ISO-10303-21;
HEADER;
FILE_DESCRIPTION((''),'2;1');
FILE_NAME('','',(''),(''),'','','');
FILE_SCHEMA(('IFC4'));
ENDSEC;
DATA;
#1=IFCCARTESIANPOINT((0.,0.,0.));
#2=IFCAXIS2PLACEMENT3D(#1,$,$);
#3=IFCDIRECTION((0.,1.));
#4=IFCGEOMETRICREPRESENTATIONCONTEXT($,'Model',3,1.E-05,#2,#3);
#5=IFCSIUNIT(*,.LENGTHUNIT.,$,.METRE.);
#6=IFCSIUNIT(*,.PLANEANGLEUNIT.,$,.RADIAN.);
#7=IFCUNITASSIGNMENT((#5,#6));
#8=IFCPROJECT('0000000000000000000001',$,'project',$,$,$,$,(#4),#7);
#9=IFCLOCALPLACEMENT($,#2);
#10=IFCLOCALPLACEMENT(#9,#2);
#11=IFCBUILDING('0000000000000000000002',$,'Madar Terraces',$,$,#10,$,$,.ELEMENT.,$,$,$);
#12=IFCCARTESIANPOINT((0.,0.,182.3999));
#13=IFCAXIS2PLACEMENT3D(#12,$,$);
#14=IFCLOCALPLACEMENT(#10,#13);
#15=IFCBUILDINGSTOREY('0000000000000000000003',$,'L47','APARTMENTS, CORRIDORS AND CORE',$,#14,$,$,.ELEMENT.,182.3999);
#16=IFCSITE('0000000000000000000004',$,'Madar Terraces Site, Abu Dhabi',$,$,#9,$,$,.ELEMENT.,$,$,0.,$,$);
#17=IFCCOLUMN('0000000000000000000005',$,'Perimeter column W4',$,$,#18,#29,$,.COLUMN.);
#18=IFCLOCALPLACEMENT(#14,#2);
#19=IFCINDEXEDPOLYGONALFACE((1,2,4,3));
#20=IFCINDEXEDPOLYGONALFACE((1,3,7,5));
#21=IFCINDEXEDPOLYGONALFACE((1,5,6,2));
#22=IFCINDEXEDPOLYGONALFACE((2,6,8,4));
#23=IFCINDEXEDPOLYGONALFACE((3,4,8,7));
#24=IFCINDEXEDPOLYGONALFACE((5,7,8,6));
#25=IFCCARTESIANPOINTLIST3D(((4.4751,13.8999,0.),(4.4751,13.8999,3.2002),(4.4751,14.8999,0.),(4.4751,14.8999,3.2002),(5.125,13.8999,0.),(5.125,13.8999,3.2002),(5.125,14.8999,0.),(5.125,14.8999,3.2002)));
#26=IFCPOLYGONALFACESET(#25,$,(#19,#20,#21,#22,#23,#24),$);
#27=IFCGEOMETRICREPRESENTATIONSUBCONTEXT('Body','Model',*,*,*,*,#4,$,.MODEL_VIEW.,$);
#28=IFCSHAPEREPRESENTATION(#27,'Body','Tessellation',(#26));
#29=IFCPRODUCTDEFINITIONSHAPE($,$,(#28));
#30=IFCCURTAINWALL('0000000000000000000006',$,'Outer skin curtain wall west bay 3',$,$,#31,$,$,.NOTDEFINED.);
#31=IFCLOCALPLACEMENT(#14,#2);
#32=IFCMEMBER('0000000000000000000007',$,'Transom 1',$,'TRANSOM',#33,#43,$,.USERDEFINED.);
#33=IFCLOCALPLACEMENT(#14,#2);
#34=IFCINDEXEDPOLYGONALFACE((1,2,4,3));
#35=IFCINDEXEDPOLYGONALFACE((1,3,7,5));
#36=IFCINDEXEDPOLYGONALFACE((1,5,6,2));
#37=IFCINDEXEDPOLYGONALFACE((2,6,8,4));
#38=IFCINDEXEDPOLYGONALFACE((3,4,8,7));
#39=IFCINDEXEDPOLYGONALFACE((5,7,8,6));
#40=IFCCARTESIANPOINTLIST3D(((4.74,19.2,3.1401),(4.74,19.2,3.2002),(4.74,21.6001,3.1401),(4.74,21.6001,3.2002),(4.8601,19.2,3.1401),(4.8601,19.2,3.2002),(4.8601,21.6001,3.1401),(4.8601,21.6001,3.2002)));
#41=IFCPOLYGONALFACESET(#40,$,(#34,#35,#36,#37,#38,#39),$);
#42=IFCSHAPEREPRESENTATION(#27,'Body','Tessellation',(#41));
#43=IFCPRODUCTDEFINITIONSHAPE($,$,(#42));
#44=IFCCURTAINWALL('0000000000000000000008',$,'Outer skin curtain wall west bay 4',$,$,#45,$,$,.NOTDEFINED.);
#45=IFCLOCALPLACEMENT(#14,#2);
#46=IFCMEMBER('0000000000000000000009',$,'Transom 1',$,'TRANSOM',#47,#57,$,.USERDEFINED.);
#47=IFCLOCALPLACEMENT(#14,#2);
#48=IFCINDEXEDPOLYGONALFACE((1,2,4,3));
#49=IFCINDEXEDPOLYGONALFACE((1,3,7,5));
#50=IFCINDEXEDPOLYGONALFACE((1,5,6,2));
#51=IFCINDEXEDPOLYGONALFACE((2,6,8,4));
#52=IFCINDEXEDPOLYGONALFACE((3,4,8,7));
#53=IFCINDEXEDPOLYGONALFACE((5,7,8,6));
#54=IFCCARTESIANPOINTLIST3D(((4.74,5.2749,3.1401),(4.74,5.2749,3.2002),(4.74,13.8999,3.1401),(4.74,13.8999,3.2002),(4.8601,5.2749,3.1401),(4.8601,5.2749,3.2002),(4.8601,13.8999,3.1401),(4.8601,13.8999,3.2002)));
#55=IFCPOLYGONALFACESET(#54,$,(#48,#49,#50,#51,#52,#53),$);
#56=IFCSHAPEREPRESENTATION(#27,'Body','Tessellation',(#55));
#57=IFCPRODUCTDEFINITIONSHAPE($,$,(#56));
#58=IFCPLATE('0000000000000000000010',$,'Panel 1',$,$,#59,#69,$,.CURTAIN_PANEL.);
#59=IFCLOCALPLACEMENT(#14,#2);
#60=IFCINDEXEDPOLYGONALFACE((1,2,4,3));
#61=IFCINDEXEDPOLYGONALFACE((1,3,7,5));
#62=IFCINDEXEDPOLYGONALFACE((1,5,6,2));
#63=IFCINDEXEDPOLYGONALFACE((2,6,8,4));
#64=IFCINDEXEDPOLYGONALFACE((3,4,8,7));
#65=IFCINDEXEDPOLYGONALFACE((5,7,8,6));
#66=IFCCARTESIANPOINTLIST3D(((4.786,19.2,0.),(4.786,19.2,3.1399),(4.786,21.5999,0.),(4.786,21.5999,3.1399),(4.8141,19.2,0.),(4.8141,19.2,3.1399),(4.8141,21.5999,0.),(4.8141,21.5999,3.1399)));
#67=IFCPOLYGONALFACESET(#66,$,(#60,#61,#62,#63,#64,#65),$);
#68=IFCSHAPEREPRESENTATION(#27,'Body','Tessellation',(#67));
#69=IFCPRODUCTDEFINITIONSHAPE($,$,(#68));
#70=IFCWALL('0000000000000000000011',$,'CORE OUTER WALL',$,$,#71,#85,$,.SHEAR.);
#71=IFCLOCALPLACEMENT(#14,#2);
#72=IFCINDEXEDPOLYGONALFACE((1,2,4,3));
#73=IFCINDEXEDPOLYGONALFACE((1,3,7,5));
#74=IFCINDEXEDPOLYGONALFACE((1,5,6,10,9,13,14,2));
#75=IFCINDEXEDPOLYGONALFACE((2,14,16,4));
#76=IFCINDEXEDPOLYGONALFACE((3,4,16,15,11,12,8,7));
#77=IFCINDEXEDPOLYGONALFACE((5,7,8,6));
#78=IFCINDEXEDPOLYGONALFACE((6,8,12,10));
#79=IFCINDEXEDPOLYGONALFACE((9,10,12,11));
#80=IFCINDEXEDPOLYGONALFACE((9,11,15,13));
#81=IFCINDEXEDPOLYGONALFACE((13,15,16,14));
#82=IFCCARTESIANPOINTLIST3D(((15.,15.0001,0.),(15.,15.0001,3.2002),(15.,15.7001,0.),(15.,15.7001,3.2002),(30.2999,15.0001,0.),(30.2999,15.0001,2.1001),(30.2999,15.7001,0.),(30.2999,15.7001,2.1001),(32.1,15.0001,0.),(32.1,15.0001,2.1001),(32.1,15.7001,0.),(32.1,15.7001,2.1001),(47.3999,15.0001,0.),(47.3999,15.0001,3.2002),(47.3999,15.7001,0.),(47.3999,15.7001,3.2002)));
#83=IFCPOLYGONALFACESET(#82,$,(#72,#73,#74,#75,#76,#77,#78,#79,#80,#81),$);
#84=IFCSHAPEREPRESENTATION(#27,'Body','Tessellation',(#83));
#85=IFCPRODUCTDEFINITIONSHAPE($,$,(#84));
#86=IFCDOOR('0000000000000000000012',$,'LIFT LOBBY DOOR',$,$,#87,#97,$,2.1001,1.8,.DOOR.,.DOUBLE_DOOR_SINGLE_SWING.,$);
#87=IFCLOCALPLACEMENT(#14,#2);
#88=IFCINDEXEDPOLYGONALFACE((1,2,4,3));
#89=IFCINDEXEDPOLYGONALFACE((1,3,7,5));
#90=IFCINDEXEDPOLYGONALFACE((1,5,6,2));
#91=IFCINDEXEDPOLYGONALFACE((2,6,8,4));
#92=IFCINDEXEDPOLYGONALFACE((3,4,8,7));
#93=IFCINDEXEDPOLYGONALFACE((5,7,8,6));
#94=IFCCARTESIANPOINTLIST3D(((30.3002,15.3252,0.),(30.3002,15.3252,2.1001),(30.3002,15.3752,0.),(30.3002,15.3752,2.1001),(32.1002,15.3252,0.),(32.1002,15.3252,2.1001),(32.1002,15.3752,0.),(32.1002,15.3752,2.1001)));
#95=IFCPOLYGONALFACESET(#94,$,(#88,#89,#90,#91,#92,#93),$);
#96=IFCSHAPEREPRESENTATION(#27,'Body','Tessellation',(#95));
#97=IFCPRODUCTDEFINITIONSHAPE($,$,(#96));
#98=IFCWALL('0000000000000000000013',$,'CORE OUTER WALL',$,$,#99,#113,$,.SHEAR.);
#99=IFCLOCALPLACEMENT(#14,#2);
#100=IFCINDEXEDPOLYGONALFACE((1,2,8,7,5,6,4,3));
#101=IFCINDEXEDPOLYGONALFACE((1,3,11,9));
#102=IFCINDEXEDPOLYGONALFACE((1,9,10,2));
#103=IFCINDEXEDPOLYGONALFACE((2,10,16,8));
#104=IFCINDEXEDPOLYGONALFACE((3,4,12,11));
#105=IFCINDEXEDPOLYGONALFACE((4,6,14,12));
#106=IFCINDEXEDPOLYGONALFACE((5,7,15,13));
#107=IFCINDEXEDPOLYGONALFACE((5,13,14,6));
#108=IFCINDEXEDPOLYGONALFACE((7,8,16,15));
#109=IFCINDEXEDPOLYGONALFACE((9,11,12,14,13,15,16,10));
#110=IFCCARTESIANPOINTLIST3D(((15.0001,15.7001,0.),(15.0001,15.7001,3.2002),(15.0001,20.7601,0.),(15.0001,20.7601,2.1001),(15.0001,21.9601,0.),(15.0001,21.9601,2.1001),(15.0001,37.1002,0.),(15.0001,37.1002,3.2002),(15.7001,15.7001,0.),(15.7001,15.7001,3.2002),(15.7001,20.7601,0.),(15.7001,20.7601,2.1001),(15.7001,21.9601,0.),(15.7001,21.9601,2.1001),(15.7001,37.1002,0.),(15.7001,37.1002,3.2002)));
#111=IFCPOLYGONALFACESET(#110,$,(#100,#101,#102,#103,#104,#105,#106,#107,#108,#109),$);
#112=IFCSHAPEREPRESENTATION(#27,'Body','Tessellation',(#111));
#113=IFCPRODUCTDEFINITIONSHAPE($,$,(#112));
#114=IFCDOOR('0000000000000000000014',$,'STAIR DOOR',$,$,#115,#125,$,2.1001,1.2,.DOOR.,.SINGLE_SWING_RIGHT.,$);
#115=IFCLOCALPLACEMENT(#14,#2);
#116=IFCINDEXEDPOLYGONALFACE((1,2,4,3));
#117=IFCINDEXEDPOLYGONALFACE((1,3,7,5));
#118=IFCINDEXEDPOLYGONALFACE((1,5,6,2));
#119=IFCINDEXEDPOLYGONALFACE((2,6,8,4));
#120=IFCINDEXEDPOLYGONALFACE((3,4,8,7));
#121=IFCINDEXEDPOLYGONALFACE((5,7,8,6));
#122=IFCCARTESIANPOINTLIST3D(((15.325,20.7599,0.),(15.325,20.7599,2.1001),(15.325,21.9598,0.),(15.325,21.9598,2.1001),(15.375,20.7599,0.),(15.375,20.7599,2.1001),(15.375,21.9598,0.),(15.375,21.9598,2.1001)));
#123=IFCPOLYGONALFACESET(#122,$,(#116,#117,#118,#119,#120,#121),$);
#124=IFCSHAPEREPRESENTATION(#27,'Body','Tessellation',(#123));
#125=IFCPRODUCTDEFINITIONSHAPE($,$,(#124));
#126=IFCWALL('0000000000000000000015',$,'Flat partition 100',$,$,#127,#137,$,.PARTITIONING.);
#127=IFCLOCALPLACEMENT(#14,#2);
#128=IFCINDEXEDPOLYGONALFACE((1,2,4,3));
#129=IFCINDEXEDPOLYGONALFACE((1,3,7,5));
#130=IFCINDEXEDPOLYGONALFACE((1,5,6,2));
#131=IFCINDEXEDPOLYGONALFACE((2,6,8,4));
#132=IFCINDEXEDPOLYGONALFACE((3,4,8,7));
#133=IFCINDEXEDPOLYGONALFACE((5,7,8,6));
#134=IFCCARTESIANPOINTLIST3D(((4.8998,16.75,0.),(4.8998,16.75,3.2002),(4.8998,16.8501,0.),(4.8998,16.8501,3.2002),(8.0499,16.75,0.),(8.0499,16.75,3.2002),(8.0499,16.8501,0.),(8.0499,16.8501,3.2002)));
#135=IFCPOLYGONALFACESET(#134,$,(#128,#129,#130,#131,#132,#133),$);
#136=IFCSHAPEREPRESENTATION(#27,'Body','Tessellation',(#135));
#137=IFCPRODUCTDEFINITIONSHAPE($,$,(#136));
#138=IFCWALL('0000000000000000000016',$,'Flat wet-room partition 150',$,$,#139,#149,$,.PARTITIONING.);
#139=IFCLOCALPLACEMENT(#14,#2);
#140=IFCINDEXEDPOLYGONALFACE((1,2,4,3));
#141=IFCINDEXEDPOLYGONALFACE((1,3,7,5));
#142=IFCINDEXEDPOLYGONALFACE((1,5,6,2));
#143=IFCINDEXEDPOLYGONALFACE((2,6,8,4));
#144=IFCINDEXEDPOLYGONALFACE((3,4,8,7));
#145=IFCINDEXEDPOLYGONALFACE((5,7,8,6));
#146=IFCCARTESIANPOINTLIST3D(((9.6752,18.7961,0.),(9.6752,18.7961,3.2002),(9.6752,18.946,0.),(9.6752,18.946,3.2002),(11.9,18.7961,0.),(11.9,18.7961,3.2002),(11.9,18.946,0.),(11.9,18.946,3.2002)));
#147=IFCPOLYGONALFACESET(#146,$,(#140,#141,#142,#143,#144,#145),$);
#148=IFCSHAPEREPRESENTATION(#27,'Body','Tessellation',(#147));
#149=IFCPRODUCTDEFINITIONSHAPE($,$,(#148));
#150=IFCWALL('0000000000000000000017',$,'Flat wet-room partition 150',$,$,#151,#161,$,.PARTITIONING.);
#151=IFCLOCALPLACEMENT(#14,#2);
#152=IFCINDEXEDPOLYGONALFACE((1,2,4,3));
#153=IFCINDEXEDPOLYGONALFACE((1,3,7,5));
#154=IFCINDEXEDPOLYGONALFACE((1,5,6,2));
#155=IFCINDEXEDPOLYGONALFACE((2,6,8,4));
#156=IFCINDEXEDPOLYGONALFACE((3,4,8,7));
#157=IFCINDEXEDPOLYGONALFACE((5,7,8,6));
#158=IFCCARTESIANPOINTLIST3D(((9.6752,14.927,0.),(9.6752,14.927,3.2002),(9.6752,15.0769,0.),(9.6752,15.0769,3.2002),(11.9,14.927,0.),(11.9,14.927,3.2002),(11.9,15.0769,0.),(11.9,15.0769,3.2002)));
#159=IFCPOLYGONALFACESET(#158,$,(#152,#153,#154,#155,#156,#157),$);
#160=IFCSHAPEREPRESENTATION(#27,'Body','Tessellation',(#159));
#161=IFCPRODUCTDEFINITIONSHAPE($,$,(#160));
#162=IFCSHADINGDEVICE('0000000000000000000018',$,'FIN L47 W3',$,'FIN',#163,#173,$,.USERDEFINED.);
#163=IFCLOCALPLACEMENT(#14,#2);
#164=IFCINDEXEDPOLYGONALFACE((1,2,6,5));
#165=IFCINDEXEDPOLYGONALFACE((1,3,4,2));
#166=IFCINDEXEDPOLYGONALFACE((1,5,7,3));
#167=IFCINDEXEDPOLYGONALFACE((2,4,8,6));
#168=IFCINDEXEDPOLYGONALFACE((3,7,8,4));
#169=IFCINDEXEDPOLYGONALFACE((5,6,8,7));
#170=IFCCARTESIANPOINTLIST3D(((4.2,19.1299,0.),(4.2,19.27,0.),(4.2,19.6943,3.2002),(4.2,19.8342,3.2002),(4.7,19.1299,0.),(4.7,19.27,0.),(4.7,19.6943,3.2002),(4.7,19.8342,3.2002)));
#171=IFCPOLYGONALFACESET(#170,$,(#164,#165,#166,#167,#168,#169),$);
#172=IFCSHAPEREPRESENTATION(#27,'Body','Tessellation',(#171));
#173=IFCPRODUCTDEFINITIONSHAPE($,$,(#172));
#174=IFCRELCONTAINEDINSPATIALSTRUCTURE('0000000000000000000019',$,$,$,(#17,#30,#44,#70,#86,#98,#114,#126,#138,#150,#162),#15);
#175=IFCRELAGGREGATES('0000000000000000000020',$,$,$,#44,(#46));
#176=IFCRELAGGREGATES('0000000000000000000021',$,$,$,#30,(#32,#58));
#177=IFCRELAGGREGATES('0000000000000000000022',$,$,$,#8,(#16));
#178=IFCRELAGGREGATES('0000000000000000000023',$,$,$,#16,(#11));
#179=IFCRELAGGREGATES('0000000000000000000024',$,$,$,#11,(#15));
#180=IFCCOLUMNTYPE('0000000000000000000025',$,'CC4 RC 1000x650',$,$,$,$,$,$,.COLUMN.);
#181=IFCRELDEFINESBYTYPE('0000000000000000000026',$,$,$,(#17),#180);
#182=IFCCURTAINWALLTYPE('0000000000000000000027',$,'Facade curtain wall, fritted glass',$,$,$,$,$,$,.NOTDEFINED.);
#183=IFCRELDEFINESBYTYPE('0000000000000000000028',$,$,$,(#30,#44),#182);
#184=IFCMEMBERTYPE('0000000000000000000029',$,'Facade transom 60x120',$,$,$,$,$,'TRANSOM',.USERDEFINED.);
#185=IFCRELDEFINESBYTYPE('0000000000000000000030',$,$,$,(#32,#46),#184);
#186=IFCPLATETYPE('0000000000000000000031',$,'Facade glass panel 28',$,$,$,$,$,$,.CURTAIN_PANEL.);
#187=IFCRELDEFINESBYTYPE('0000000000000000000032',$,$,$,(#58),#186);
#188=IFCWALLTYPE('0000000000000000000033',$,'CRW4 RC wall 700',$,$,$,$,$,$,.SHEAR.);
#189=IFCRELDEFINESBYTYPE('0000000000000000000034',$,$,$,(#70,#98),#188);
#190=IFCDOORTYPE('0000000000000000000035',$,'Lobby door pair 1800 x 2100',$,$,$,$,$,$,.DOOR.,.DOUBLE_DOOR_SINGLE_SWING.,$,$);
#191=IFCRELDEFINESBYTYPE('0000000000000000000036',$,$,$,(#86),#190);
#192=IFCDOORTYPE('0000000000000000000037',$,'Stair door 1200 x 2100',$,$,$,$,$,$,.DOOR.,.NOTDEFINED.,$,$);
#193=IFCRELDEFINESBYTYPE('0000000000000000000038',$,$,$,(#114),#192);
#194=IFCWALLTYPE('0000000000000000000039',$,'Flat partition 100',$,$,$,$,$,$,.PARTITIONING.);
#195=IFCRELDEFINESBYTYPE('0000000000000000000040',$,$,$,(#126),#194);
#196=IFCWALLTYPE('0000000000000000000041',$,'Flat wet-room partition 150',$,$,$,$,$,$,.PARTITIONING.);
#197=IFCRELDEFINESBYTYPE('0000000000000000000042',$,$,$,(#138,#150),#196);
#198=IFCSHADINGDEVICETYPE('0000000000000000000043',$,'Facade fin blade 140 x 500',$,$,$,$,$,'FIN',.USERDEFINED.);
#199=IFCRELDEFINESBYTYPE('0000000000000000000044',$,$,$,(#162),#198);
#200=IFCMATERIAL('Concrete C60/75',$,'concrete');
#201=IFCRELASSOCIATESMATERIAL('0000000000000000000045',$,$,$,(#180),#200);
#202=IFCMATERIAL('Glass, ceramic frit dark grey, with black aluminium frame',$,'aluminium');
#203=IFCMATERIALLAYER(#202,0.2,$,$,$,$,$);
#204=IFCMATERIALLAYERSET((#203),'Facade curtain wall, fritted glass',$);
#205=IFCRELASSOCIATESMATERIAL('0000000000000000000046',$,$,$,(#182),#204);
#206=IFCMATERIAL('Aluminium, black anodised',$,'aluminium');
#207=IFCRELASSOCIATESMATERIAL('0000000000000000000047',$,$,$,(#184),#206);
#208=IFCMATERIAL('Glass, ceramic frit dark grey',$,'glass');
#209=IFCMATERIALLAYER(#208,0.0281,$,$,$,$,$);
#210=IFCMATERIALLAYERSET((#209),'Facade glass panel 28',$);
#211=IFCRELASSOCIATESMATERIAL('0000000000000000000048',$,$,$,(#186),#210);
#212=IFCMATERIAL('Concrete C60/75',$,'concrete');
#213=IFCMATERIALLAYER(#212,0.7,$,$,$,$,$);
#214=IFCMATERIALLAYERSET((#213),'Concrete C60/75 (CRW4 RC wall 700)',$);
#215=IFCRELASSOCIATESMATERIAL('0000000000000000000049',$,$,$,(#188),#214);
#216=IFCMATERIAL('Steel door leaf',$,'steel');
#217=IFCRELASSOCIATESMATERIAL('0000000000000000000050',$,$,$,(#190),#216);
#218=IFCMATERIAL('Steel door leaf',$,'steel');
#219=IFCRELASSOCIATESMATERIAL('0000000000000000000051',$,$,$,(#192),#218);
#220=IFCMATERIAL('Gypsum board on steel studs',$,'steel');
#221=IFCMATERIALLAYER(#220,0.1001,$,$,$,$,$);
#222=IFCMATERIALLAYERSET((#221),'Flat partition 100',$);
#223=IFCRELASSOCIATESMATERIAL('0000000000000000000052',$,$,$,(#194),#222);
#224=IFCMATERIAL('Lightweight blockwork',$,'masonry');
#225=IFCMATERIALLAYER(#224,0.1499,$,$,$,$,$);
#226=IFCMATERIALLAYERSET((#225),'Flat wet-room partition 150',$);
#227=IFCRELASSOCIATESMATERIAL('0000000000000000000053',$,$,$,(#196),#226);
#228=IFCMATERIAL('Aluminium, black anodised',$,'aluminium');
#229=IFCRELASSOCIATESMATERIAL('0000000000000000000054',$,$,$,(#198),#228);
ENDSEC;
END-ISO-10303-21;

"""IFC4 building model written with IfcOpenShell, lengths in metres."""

from ifc_helpers import new_model, si_unit, direction, frame, frame_2d, origin, origin_2d, place, context, subcontext, project, spatial, polyline, rectangle, outline, extrude, material, layer, layer_set, material_profile, profile_set, type_object, element, fill, aggregate, save


model = new_model("IFC4")

# Units and contexts
model_context = context("Model", 3, precision=1e-05, world=origin(), true_north=direction((0.0, 1.0)))
body_context = subcontext(model_context, "Body", "Model", "MODEL_VIEW")
ifc_project = project(units=[si_unit("LENGTHUNIT", "METRE"), si_unit("PLANEANGLEUNIT", "RADIAN")], contexts=[model_context])

# Site, building, storey
site_placement = place(None, origin())
site = spatial("IfcSite", under=ifc_project, at=site_placement, Name="Madar Terraces Site, Abu Dhabi", CompositionType="ELEMENT", RefElevation=0.0)
building_placement = place(site_placement, origin())
building = spatial("IfcBuilding", under=site, at=building_placement, Name="Madar Terraces", CompositionType="ELEMENT")
storey_placement = place(building_placement, frame((0.0, 0.0, 182.3999)))
storey = spatial("IfcBuildingStorey", under=building, at=storey_placement, Name="L47", Description="APARTMENTS, CORRIDORS AND CORE", CompositionType="ELEMENT", Elevation=182.3999)

# Column
ifc_material_1 = material(Name="Concrete C60/75", Category="concrete")
ifc_material_profile_1 = material_profile(ifc_material_1, rectangle(XDim=1.0, YDim=0.6499, at=origin_2d()), Name="CC4 RC 1000x650")
ifc_profile_set_1 = profile_set([ifc_material_profile_1], Name="Concrete C60/75")
column_type = type_object("IfcColumnType", Name="CC4 RC 1000x650", PredefinedType="COLUMN", material=ifc_profile_set_1)
column_placement = place(storey_placement, frame((4.8, 14.3999, 0.0), z_axis=(0.0, 0.0, 1.0), x_axis=(0.0, 1.0, 0.0)))
element("IfcColumn", 1, at=column_placement, inside=storey, type_object=column_type, Name="Perimeter column W4", PredefinedType="COLUMN", context=body_context, shape_type="SweptSolid", body=[
    extrude(rectangle(XDim=1.0, YDim=0.6499, at=origin_2d()), origin(), (0.0, 0.0, 1.0), 3.2002),
])

# Curtain walls, members
ifc_material_2 = material(Name="Glass, ceramic frit dark grey, with black aluminium frame", Category="aluminium")
ifc_layer_1 = layer(ifc_material_2, 0.2)
ifc_layer_set_1 = layer_set([ifc_layer_1], Name="Facade curtain wall, fritted glass")
curtain_wall_type = type_object("IfcCurtainWallType", Name="Facade curtain wall, fritted glass", PredefinedType="NOTDEFINED", material=ifc_layer_set_1)
curtain_wall_1_placement = place(storey_placement, origin())
curtain_wall_1 = element("IfcCurtainWall", 2, at=curtain_wall_1_placement, inside=storey, type_object=curtain_wall_type, Name="Outer skin curtain wall west bay 3", PredefinedType="NOTDEFINED")
ifc_material_3 = material(Name="Aluminium, black anodised", Category="aluminium")
ifc_material_profile_2 = material_profile(ifc_material_3, rectangle(XDim=0.1201, YDim=0.0601, at=origin_2d()), Name="Facade transom 60x120")
ifc_profile_set_2 = profile_set([ifc_material_profile_2], Name="Aluminium, black anodised")
member_type = type_object("IfcMemberType", Name="Facade transom 60x120", ElementType="TRANSOM", PredefinedType="USERDEFINED", material=ifc_profile_set_2)
member_1_placement = place(storey_placement, frame((4.8, 21.6001, 3.1702), z_axis=(0.0, -1.0, 0.0), x_axis=(1.0, 0.0, 0.0)))
member_1 = element("IfcMember", 3, at=member_1_placement, type_object=member_type, Name="Transom 1", ObjectType="TRANSOM", PredefinedType="USERDEFINED", context=body_context, shape_type="SweptSolid", body=[
    extrude(rectangle(XDim=0.1201, YDim=0.0601, at=origin_2d()), origin(), (0.0, 0.0, 1.0), 2.4001),
])
curtain_wall_2_placement = place(storey_placement, origin())
curtain_wall_2 = element("IfcCurtainWall", 4, at=curtain_wall_2_placement, inside=storey, type_object=curtain_wall_type, Name="Outer skin curtain wall west bay 4", PredefinedType="NOTDEFINED")
member_2_placement = place(storey_placement, frame((4.8, 13.8999, 3.1702), z_axis=(0.0, -1.0, 0.0), x_axis=(1.0, 0.0, 0.0)))
member_2 = element("IfcMember", 5, at=member_2_placement, type_object=member_type, Name="Transom 1", ObjectType="TRANSOM", PredefinedType="USERDEFINED", context=body_context, shape_type="SweptSolid", body=[
    extrude(rectangle(XDim=0.1201, YDim=0.0601, at=origin_2d()), origin(), (0.0, 0.0, 1.0), 8.625),
])
aggregate(curtain_wall_2, [member_2])

# Plate
ifc_material_4 = material(Name="Glass, ceramic frit dark grey", Category="glass")
ifc_layer_2 = layer(ifc_material_4, 0.0281)
ifc_layer_set_2 = layer_set([ifc_layer_2], Name="Facade glass panel 28")
plate_type = type_object("IfcPlateType", Name="Facade glass panel 28", PredefinedType="CURTAIN_PANEL", material=ifc_layer_set_2)
plate_placement = place(storey_placement, frame((4.8, 20.3999, 0.0), z_axis=(0.0, 0.0, 1.0), x_axis=(0.0, -1.0, 0.0)))
plate = element("IfcPlate", 6, at=plate_placement, type_object=plate_type, Name="Panel 1", PredefinedType="CURTAIN_PANEL", context=body_context, shape_type="SweptSolid", body=[
    extrude(rectangle(XDim=2.3999, YDim=0.0281, at=origin_2d()), origin(), (0.0, 0.0, 1.0), 3.1399),
])
aggregate(curtain_wall_1, [member_1, plate])

# Walls, openings, doors
ifc_material_5 = material(Name="Concrete C60/75", Category="concrete")
ifc_layer_3 = layer(ifc_material_5, 0.7)
ifc_layer_set_3 = layer_set([ifc_layer_3], Name="Concrete C60/75 (CRW4 RC wall 700)")
wall_type_1 = type_object("IfcWallType", Name="CRW4 RC wall 700", PredefinedType="SHEAR", material=ifc_layer_set_3)
wall_1_placement = place(storey_placement, frame((15.0, 15.3501, 0.0), z_axis=(0.0, 0.0, 1.0), x_axis=(1.0, 0.0, 0.0)))
wall_1 = element("IfcWall", 7, at=wall_1_placement, inside=storey, type_object=wall_type_1, Name="CORE OUTER WALL", PredefinedType="SHEAR", context=body_context, shape_type="SweptSolid", body=[
    extrude(rectangle(XDim=32.3999, YDim=0.7, at=frame_2d((16.2, 0.0))), origin(), (0.0, 0.0, 1.0), 3.2002),
])
opening_1_placement = place(wall_1_placement, frame((15.3, 0.0, 0.0)))
opening_1 = element("IfcOpeningElement", 8, at=opening_1_placement, cuts=wall_1, PredefinedType="OPENING", context=body_context, shape_type="SweptSolid", body=[
    extrude(rectangle(XDim=1.8, YDim=2.1001, at=frame_2d((0.8999, 1.05))), frame((0.0, 0.3599, 0.0), z_axis=(0.0, -1.0, 0.0), x_axis=(1.0, 0.0, 0.0)), (0.0, 0.0, 1.0), 0.72),
])
ifc_material_6 = material(Name="Steel door leaf", Category="steel")
door_type_1 = type_object("IfcDoorType", Name="Lobby door pair 1800 x 2100", OperationType="DOUBLE_DOOR_SINGLE_SWING", PredefinedType="DOOR", material=ifc_material_6)
door_1_placement = place(opening_1_placement, frame((1.8, 0.0, 0.0), z_axis=(0.0, 0.0, 1.0), x_axis=(-1.0, 0.0, 0.0)))
door_1 = element("IfcDoor", 9, at=door_1_placement, inside=storey, type_object=door_type_1, Name="LIFT LOBBY DOOR", OperationType="DOUBLE_DOOR_SINGLE_SWING", OverallHeight=2.1001, OverallWidth=1.8, PredefinedType="DOOR", context=body_context, shape_type="SweptSolid", body=[
    extrude(rectangle(XDim=1.8, YDim=2.1001, at=frame_2d((0.8999, 1.05))), frame((0.0, 0.0249, 0.0), z_axis=(0.0, -1.0, 0.0), x_axis=(1.0, 0.0, 0.0)), (0.0, 0.0, 1.0), 0.05),
])
fill(opening_1, door_1)
wall_2_placement = place(storey_placement, frame((15.3501, 15.7, 0.0), z_axis=(0.0, 0.0, 1.0), x_axis=(0.0, 1.0, 0.0)))
wall_2 = element("IfcWall", 10, at=wall_2_placement, inside=storey, type_object=wall_type_1, Name="CORE OUTER WALL", PredefinedType="SHEAR", context=body_context, shape_type="SweptSolid", body=[
    extrude(rectangle(XDim=21.4001, YDim=0.7, at=frame_2d((10.7002, 0.0))), origin(), (0.0, 0.0, 1.0), 3.2002),
])
opening_2_placement = place(wall_2_placement, frame((5.0601, 0.0, 0.0)))
opening_2 = element("IfcOpeningElement", 11, at=opening_2_placement, cuts=wall_2, PredefinedType="OPENING", context=body_context, shape_type="SweptSolid", body=[
    extrude(rectangle(XDim=1.2, YDim=2.1001, at=frame_2d((0.6001, 1.05))), frame((0.0, 0.3599, 0.0), z_axis=(0.0, -1.0, 0.0), x_axis=(1.0, 0.0, 0.0)), (0.0, 0.0, 1.0), 0.72),
])
ifc_material_7 = material(Name="Steel door leaf", Category="steel")
door_type_2 = type_object("IfcDoorType", Name="Stair door 1200 x 2100", OperationType="NOTDEFINED", PredefinedType="DOOR", material=ifc_material_7)
door_2_placement = place(opening_2_placement, frame((1.2, 0.0, 0.0), z_axis=(0.0, 0.0, 1.0), x_axis=(-1.0, 0.0, 0.0)))
door_2 = element("IfcDoor", 12, at=door_2_placement, inside=storey, type_object=door_type_2, Name="STAIR DOOR", OperationType="SINGLE_SWING_RIGHT", OverallHeight=2.1001, OverallWidth=1.2, PredefinedType="DOOR", context=body_context, shape_type="SweptSolid", body=[
    extrude(rectangle(XDim=1.2, YDim=2.1001, at=frame_2d((0.6001, 1.05))), frame((0.0, 0.0249, 0.0), z_axis=(0.0, -1.0, 0.0), x_axis=(1.0, 0.0, 0.0)), (0.0, 0.0, 1.0), 0.05),
])
fill(opening_2, door_2)

# Walls
ifc_material_8 = material(Name="Gypsum board on steel studs", Category="steel")
ifc_layer_4 = layer(ifc_material_8, 0.1001)
ifc_layer_set_4 = layer_set([ifc_layer_4], Name="Flat partition 100")
wall_type_2 = type_object("IfcWallType", Name="Flat partition 100", PredefinedType="PARTITIONING", material=ifc_layer_set_4)
wall_3_placement = place(storey_placement, frame((8.05, 16.8, 0.0), z_axis=(0.0, 0.0, 1.0), x_axis=(-1.0, 0.0, 0.0)))
element("IfcWall", 13, at=wall_3_placement, inside=storey, type_object=wall_type_2, Name="Flat partition 100", PredefinedType="PARTITIONING", context=body_context, shape_type="SweptSolid", body=[
    extrude(rectangle(XDim=3.1501, YDim=0.1001, at=frame_2d((1.5752, 0.0))), origin(), (0.0, 0.0, 1.0), 3.2002),
])
ifc_material_9 = material(Name="Lightweight blockwork", Category="masonry")
ifc_layer_5 = layer(ifc_material_9, 0.1499)
ifc_layer_set_5 = layer_set([ifc_layer_5], Name="Flat wet-room partition 150")
wall_type_3 = type_object("IfcWallType", Name="Flat wet-room partition 150", PredefinedType="PARTITIONING", material=ifc_layer_set_5)
for number, where, z_axis, x_axis, name in (
    (14, (11.8999, 18.8711, 0.0), (0.0, 0.0, 1.0), (-1.0, 0.0, 0.0), "Flat wet-room partition 150"),
    (15, (11.8999, 15.002, 0.0), (0.0, 0.0, 1.0), (-1.0, 0.0, 0.0), "Flat wet-room partition 150"),
):
    element("IfcWall", number, at=place(storey_placement, frame(where, z_axis=z_axis, x_axis=x_axis)), inside=storey, type_object=wall_type_3, Name=name, PredefinedType="PARTITIONING", context=body_context, shape_type="SweptSolid", body=[
        extrude(rectangle(XDim=2.2249, YDim=0.1499, at=frame_2d((1.1123, 0.0))), origin(), (0.0, 0.0, 1.0), 3.2002),
    ])

# Shading device
ifc_material_10 = material(Name="Aluminium, black anodised", Category="aluminium")
shading_device_type = type_object("IfcShadingDeviceType", Name="Facade fin blade 140 x 500", ElementType="FIN", PredefinedType="USERDEFINED", material=ifc_material_10)
shading_device_placement = place(storey_placement, frame((4.45, 19.27, 0.0), z_axis=(0.0, 0.0, 1.0), x_axis=(0.0, -1.0, 0.0)))
element("IfcShadingDevice", 16, at=shading_device_placement, inside=storey, type_object=shading_device_type, Name="FIN L47 W3", ObjectType="FIN", PredefinedType="USERDEFINED", context=body_context, shape_type="SweptSolid", body=[
    extrude(outline(polyline([(0.0, 0.0), (0.1401, 0.0), (-0.4243, 3.2002), (-0.5642, 3.2002), (0.0, 0.0)])), frame((0.0, 0.25, 0.0), z_axis=(0.0, -1.0, 0.0), x_axis=(1.0, 0.0, 0.0)), (0.0, 0.0, 1.0), 0.5),
])

save(model, "model.ifc")
